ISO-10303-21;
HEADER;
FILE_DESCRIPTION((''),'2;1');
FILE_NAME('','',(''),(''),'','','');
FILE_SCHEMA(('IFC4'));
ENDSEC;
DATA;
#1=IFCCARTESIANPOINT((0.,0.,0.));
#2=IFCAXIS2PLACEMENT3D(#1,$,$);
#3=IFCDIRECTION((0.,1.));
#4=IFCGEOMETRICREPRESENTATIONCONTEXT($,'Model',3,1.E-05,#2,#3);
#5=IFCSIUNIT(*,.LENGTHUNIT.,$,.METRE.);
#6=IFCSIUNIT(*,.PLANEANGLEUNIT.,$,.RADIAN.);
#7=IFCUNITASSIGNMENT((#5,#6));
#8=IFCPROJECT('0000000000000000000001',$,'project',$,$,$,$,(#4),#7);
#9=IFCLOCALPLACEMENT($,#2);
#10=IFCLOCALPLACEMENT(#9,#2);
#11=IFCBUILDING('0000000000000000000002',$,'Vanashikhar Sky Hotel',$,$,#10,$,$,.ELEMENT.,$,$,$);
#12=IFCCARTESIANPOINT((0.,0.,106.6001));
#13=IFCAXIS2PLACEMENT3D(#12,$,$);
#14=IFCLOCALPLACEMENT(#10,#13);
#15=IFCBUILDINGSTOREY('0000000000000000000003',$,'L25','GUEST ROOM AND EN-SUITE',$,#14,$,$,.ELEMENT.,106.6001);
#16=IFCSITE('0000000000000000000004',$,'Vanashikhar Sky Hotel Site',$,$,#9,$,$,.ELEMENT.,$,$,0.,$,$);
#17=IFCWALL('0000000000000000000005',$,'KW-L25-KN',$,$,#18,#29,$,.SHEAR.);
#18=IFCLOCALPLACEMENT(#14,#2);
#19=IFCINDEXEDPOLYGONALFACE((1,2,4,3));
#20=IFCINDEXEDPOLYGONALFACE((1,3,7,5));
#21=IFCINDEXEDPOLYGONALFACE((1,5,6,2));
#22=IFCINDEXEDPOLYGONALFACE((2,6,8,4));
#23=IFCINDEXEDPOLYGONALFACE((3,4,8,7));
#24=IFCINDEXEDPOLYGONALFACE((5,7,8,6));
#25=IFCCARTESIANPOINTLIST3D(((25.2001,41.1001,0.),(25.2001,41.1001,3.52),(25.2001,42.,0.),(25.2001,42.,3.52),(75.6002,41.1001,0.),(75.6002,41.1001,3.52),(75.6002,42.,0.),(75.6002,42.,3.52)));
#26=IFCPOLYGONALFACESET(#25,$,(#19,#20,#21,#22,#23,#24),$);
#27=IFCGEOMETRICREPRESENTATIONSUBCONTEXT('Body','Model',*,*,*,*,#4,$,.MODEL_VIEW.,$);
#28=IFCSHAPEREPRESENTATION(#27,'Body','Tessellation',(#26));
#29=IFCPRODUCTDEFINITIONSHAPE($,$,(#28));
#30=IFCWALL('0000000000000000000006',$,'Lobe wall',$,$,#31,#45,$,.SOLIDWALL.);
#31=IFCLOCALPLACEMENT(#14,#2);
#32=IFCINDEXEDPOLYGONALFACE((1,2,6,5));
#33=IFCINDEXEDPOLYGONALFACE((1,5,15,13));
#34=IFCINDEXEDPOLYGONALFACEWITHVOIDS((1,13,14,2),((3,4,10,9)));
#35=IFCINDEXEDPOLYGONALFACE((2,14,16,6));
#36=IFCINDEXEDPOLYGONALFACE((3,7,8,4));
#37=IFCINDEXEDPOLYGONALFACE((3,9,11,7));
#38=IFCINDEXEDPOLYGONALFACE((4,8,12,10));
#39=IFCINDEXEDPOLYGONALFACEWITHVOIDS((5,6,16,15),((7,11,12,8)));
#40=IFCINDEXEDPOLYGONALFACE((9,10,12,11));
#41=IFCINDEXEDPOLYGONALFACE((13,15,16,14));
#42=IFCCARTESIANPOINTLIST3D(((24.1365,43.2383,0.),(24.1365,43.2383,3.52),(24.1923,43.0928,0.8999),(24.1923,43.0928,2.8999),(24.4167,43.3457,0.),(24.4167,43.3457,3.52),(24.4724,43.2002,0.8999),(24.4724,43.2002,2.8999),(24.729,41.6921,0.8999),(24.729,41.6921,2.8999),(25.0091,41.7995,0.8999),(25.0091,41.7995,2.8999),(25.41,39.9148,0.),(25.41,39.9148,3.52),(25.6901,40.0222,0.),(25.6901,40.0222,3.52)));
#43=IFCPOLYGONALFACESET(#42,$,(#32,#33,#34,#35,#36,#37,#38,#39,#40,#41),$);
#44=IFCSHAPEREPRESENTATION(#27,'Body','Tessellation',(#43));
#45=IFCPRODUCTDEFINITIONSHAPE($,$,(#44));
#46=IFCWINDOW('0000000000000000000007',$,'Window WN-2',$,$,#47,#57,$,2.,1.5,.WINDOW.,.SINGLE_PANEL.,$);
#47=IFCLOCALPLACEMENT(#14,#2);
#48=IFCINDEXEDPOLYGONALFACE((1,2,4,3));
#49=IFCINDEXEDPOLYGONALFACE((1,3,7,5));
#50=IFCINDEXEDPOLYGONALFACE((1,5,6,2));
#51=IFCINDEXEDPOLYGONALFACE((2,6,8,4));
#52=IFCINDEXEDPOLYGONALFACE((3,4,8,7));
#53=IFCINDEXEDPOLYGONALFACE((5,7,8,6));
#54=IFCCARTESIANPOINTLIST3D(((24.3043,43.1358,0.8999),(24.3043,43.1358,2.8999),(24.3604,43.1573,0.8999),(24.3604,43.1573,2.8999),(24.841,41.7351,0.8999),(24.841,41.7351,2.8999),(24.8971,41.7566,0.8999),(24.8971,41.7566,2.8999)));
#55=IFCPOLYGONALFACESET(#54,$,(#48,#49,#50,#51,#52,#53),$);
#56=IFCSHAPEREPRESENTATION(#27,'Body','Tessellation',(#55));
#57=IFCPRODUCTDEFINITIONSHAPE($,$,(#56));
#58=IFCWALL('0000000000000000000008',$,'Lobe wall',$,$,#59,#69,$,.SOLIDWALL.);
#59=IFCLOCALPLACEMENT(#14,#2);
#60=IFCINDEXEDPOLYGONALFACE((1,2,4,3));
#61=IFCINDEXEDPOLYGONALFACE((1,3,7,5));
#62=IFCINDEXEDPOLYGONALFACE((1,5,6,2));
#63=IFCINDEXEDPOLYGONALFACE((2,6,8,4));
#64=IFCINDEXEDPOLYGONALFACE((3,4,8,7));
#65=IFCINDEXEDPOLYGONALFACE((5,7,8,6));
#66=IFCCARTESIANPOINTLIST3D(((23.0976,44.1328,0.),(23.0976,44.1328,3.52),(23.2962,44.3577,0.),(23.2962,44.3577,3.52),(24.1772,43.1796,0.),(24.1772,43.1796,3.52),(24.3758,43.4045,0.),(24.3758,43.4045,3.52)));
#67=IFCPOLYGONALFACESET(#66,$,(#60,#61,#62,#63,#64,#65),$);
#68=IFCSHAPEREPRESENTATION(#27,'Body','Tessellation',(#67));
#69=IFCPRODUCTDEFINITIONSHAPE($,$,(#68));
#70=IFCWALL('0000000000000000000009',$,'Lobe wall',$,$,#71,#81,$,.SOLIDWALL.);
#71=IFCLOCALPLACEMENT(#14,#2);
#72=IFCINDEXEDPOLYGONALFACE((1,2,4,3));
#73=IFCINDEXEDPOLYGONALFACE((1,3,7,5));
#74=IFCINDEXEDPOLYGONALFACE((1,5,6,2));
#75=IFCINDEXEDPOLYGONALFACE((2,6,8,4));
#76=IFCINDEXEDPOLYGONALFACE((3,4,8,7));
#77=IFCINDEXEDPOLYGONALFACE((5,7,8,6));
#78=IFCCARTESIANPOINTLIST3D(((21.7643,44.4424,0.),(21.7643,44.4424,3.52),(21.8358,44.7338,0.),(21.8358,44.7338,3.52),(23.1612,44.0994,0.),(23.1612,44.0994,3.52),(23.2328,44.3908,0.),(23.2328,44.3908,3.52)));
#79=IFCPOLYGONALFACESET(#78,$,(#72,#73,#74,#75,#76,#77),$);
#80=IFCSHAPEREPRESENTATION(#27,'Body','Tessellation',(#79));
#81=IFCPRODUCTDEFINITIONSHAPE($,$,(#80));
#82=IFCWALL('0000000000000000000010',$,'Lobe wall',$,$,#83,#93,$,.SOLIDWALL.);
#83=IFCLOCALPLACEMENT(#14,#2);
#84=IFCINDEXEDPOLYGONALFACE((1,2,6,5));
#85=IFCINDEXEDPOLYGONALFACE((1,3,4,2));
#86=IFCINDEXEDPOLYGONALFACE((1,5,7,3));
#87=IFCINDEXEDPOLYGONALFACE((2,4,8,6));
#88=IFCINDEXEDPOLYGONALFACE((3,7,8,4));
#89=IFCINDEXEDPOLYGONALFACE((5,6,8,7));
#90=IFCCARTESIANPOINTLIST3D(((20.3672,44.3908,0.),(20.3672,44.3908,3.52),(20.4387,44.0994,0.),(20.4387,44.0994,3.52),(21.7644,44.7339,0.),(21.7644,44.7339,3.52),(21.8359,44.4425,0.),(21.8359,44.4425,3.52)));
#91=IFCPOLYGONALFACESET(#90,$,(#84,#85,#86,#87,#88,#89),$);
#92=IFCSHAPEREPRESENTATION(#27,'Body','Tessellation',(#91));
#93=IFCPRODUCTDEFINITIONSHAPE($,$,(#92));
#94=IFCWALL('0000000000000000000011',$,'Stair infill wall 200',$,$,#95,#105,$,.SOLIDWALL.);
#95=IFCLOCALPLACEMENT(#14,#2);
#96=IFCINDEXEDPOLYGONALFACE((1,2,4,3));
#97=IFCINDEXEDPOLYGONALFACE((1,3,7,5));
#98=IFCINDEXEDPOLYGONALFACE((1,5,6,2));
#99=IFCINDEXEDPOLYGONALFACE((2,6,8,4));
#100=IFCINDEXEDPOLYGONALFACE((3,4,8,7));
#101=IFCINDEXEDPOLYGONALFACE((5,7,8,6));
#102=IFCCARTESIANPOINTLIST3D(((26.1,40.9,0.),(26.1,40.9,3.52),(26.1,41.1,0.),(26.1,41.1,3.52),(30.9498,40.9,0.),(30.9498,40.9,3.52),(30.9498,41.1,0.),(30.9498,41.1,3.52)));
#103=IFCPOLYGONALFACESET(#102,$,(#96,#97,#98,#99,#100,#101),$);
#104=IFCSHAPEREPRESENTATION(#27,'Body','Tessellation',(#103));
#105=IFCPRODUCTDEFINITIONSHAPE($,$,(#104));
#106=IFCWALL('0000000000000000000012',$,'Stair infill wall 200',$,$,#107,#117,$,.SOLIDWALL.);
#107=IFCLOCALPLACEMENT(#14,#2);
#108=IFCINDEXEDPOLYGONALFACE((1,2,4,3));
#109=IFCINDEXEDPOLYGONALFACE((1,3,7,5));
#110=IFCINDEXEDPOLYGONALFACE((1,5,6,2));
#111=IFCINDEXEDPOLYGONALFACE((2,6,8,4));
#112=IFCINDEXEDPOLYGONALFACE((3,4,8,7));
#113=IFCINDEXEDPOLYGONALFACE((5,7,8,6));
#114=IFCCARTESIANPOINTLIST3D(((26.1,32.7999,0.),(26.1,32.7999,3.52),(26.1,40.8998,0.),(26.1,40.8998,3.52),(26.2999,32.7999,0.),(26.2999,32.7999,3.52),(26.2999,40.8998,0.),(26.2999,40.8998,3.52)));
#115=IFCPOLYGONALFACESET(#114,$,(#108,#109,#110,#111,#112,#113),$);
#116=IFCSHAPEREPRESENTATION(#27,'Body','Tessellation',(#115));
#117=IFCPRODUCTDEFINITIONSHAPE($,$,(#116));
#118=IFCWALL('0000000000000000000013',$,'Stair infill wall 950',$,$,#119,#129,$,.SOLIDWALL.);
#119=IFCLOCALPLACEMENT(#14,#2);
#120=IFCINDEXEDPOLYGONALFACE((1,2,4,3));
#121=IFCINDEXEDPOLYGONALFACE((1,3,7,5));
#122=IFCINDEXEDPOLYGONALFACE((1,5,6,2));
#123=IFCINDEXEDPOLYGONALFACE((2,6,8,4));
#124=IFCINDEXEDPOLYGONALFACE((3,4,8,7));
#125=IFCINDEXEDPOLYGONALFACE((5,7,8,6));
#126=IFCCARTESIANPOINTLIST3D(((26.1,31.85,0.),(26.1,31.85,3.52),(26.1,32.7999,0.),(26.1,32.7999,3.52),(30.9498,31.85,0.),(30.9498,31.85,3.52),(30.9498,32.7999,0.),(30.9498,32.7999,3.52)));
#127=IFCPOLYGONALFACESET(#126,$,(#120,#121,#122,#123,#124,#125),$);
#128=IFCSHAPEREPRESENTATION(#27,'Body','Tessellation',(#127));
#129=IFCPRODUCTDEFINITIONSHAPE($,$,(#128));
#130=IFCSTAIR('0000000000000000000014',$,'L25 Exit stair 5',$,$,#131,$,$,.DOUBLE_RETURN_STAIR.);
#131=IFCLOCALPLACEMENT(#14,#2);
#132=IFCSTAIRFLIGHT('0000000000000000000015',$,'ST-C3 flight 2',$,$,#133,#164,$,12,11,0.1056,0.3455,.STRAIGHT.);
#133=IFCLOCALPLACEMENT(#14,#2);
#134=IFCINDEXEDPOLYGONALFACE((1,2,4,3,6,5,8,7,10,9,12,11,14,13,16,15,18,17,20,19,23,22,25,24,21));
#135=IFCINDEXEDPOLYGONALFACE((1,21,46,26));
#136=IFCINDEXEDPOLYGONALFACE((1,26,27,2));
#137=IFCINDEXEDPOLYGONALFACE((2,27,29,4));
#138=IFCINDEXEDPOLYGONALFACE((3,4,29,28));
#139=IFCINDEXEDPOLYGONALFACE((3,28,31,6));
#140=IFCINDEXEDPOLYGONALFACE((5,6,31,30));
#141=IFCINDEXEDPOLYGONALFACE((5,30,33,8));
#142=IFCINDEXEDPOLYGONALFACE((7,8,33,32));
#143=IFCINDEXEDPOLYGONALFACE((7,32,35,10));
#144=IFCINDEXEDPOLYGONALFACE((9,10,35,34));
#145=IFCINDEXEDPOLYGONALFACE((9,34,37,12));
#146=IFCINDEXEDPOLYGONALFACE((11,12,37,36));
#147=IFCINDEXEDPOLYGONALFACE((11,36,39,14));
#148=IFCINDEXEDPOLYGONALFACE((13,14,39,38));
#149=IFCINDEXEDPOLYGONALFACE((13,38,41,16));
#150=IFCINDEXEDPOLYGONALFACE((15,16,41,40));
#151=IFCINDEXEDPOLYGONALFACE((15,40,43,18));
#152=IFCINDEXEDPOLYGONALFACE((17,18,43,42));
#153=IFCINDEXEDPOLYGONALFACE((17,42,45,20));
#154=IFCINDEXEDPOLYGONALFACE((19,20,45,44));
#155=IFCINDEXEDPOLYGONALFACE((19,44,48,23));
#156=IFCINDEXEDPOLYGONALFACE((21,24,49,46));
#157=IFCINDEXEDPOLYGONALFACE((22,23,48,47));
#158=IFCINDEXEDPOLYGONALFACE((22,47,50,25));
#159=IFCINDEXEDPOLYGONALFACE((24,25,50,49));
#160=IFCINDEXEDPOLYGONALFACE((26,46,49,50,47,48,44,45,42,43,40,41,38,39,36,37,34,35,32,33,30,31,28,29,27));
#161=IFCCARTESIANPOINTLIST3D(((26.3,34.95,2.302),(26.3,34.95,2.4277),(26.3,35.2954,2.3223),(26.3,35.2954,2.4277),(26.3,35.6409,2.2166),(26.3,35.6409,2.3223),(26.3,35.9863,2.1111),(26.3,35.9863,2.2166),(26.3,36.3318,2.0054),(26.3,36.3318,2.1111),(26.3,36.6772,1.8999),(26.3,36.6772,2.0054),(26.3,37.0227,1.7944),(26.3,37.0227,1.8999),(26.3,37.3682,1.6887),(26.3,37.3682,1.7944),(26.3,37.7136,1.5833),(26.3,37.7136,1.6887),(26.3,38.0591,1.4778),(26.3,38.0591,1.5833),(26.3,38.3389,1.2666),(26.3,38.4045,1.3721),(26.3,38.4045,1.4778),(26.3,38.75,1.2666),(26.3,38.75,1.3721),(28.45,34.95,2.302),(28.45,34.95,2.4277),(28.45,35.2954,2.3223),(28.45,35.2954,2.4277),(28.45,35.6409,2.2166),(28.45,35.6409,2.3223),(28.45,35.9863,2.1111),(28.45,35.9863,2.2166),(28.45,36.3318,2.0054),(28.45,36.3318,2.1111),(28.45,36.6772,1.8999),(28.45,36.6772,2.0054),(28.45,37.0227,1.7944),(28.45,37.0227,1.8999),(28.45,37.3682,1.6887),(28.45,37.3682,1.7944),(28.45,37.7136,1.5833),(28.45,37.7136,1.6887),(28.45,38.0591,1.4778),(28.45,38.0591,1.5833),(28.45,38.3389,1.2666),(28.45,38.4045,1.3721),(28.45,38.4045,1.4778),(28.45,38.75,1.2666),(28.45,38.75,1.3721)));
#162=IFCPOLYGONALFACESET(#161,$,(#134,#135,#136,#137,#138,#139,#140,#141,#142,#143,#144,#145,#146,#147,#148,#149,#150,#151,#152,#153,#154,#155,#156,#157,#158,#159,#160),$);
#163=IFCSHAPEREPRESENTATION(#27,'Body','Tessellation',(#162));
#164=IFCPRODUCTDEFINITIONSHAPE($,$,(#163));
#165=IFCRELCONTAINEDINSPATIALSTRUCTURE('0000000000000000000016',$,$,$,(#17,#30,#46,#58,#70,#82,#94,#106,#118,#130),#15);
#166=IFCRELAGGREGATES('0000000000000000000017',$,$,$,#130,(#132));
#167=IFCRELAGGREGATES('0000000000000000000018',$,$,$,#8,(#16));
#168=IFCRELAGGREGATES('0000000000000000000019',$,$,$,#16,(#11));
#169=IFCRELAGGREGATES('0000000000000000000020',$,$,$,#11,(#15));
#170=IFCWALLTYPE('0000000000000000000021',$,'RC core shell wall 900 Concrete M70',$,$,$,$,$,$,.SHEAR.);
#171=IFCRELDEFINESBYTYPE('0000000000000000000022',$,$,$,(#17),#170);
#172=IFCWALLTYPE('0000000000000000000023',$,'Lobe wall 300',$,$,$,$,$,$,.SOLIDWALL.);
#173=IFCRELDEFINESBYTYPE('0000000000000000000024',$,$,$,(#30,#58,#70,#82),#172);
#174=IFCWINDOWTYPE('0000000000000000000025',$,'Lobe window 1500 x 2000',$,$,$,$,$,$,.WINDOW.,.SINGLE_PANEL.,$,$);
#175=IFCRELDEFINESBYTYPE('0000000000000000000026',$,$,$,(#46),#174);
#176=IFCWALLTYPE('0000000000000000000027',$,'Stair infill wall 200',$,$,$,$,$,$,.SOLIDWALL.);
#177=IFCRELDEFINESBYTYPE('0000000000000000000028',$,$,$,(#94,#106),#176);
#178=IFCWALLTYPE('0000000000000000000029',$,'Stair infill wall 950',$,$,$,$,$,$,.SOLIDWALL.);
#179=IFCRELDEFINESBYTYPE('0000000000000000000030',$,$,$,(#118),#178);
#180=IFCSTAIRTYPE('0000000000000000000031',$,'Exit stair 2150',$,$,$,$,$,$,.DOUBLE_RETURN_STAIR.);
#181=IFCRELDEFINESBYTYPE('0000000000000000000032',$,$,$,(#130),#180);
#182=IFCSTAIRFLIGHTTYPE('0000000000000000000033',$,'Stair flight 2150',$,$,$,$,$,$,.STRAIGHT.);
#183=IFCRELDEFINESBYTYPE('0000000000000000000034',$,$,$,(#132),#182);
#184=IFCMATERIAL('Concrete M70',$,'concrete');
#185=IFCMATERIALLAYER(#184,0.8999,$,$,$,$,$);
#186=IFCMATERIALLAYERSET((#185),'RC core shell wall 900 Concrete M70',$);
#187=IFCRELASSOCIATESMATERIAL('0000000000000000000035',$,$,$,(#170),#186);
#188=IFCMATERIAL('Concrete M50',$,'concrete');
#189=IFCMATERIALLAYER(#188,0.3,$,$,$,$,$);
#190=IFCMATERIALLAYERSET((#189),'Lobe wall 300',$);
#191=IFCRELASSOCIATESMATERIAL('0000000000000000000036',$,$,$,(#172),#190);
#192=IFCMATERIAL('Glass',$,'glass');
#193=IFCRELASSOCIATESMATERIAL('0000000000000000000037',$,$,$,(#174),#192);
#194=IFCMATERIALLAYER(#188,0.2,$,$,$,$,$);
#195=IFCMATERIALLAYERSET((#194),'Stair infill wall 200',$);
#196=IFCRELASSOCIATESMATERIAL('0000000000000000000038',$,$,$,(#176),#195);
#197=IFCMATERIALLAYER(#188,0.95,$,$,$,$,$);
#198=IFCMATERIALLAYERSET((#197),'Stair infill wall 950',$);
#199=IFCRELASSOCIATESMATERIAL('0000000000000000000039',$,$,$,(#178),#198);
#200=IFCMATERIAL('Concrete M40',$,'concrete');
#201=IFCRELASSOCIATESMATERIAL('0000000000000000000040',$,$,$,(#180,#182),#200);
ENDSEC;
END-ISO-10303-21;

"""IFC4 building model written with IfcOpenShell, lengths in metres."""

from ifc_helpers import new_model, si_unit, direction, frame, frame_2d, origin, place, context, subcontext, project, spatial, polyline, rectangle, outline, extrude, source, transform, mapped, material, layer, layer_set, type_object, element, fill, aggregate, save


model = new_model("IFC4")

# Units and contexts
model_context = context("Model", 3, precision=1e-05, world=origin(), true_north=direction((0.0, 1.0)))
body_context = subcontext(model_context, "Body", "Model", "MODEL_VIEW")
ifc_project = project(units=[si_unit("LENGTHUNIT", "METRE"), si_unit("PLANEANGLEUNIT", "RADIAN")], contexts=[model_context])

# Site, building, storey
site_placement = place(None, origin())
site = spatial("IfcSite", under=ifc_project, at=site_placement, Name="Vanashikhar Sky Hotel Site", CompositionType="ELEMENT", RefElevation=0.0)
building_placement = place(site_placement, origin())
building = spatial("IfcBuilding", under=site, at=building_placement, Name="Vanashikhar Sky Hotel", CompositionType="ELEMENT")
storey_placement = place(building_placement, frame((0.0, 0.0, 106.6001)))
storey = spatial("IfcBuildingStorey", under=building, at=storey_placement, Name="L25", Description="GUEST ROOM AND EN-SUITE", CompositionType="ELEMENT", Elevation=106.6001)

# Wall
ifc_material_1 = material(Name="Concrete M70", Category="concrete")
ifc_layer_1 = layer(ifc_material_1, 0.8999)
ifc_layer_set_1 = layer_set([ifc_layer_1], Name="RC core shell wall 900 Concrete M70")
wall_type_1 = type_object("IfcWallType", Name="RC core shell wall 900 Concrete M70", PredefinedType="SHEAR", material=ifc_layer_set_1)
shared_shape_1 = source(origin(), body_context, "Body", "SweptSolid", [
    extrude(rectangle(XDim=50.4001, YDim=0.8999, at=frame_2d((25.2002, 0.0))), origin(), (0.0, 0.0, 1.0), 3.52),
])
wall_1_placement = place(storey_placement, frame((25.2, 41.55, 0.0), z_axis=(0.0, 0.0, 1.0), x_axis=(1.0, 0.0, 0.0)))
element("IfcWall", 1, at=wall_1_placement, inside=storey, type_object=wall_type_1, Name="KW-L25-KN", PredefinedType="SHEAR", context=body_context, shape_type="MappedRepresentation", body=[
    mapped(shared_shape_1, transform((0.0, 0.0, 0.0), scale=1.0)),
])

# Wall, opening, window
ifc_material_2 = material(Name="Concrete M50", Category="concrete")
ifc_layer_2 = layer(ifc_material_2, 0.3)
ifc_layer_set_2 = layer_set([ifc_layer_2], Name="Lobe wall 300")
wall_type_2 = type_object("IfcWallType", Name="Lobe wall 300", PredefinedType="SOLIDWALL", material=ifc_layer_set_2)
shared_shape_2 = source(origin(), body_context, "Body", "SweptSolid", [
    extrude(rectangle(XDim=3.5591, YDim=0.3, at=frame_2d((1.7795, 0.0))), origin(), (0.0, 0.0, 1.0), 3.52),
])
wall_2_placement = place(storey_placement, frame((25.55, 39.9685, 0.0), z_axis=(0.0, 0.0, 1.0), x_axis=(-0.357797, 0.933799, 0.0)))
wall_2 = element("IfcWall", 2, at=wall_2_placement, inside=storey, type_object=wall_type_2, Name="Lobe wall", PredefinedType="SOLIDWALL", context=body_context, shape_type="MappedRepresentation", body=[
    mapped(shared_shape_2, transform((0.0, 0.0, 0.0), scale=1.0)),
])
shared_shape_3 = source(origin(), body_context, "Body", "SweptSolid", [
    extrude(rectangle(XDim=1.5, YDim=2.0, at=frame_2d((0.75, 1.0))), frame((0.0, 0.1602, 0.0), z_axis=(0.0, -1.0, 0.0), x_axis=(1.0, 0.0, 0.0)), (0.0, 0.0, 1.0), 0.3201),
])
opening_placement = place(wall_2_placement, frame((1.9033, 0.0, 0.8999)))
opening = element("IfcOpeningElement", 3, at=opening_placement, cuts=wall_2, PredefinedType="OPENING", context=body_context, shape_type="MappedRepresentation", body=[
    mapped(shared_shape_3, transform((0.0, 0.0, 0.0), scale=1.0)),
])
ifc_material_3 = material(Name="Glass", Category="glass")
window_type = type_object("IfcWindowType", Name="Lobe window 1500 x 2000", PartitioningType="SINGLE_PANEL", PredefinedType="WINDOW", material=ifc_material_3)
shared_shape_4 = source(origin(), body_context, "Body", "SweptSolid", [
    extrude(rectangle(XDim=1.5, YDim=2.0, at=frame_2d((0.75, 1.0))), frame((0.0, 0.03, 0.0), z_axis=(0.0, -1.0, 0.0), x_axis=(1.0, 0.0, 0.0)), (0.0, 0.0, 1.0), 0.0601),
])
window_placement = place(opening_placement, origin())
window = element("IfcWindow", 4, at=window_placement, inside=storey, type_object=window_type, Name="Window WN-2", OverallHeight=2.0, OverallWidth=1.5, PartitioningType="SINGLE_PANEL", PredefinedType="WINDOW", context=body_context, shape_type="MappedRepresentation", body=[
    mapped(shared_shape_4, transform((0.0, 0.0, 0.0), scale=1.0)),
])
fill(opening, window)

# Walls
shared_shape_5 = source(origin(), body_context, "Body", "SweptSolid", [
    extrude(rectangle(XDim=1.4402, YDim=0.3, at=frame_2d((0.7202, 0.0))), origin(), (0.0, 0.0, 1.0), 3.52),
])
wall_3_placement = place(storey_placement, frame((24.2766, 43.292, 0.0), z_axis=(0.0, 0.0, 1.0), x_axis=(-0.74965, 0.661835, 0.0)))
element("IfcWall", 5, at=wall_3_placement, inside=storey, type_object=wall_type_2, Name="Lobe wall", PredefinedType="SOLIDWALL", context=body_context, shape_type="MappedRepresentation", body=[
    mapped(shared_shape_5, transform((0.0, 0.0, 0.0), scale=1.0)),
])
shared_shape_6 = source(origin(), body_context, "Body", "SweptSolid", [
    extrude(rectangle(XDim=1.4385, YDim=0.3, at=frame_2d((0.7192, 0.0))), origin(), (0.0, 0.0, 1.0), 3.52),
])
wall_4_placement = place(storey_placement, frame((23.197, 44.2451, 0.0), z_axis=(0.0, 0.0, 1.0), x_axis=(-0.971152, 0.23846, 0.0)))
element("IfcWall", 6, at=wall_4_placement, inside=storey, type_object=wall_type_2, Name="Lobe wall", PredefinedType="SOLIDWALL", context=body_context, shape_type="MappedRepresentation", body=[
    mapped(shared_shape_6, transform((0.0, 0.0, 0.0), scale=1.0)),
])
shared_shape_7 = source(origin(), body_context, "Body", "SweptSolid", [
    extrude(rectangle(XDim=1.4387, YDim=0.3, at=frame_2d((0.7192, 0.0))), origin(), (0.0, 0.0, 1.0), 3.52),
])
wall_5_placement = place(storey_placement, frame((21.8, 44.5881, 0.0), z_axis=(0.0, 0.0, 1.0), x_axis=(-0.971162, -0.238421, 0.0)))
element("IfcWall", 7, at=wall_5_placement, inside=storey, type_object=wall_type_2, Name="Lobe wall", PredefinedType="SOLIDWALL", context=body_context, shape_type="MappedRepresentation", body=[
    mapped(shared_shape_7, transform((0.0, 0.0, 0.0), scale=1.0)),
])
ifc_layer_3 = layer(ifc_material_2, 0.2)
ifc_layer_set_3 = layer_set([ifc_layer_3], Name="Stair infill wall 200")
wall_type_3 = type_object("IfcWallType", Name="Stair infill wall 200", PredefinedType="SOLIDWALL", material=ifc_layer_set_3)
shared_shape_8 = source(origin(), body_context, "Body", "SweptSolid", [
    extrude(rectangle(XDim=4.8499, YDim=0.2, at=frame_2d((2.4248, 0.0))), origin(), (0.0, 0.0, 1.0), 3.52),
])
wall_6_placement = place(storey_placement, frame((26.1001, 41.0, 0.0), z_axis=(0.0, 0.0, 1.0), x_axis=(1.0, 0.0, 0.0)))
element("IfcWall", 8, at=wall_6_placement, inside=storey, type_object=wall_type_3, Name="Stair infill wall 200", PredefinedType="SOLIDWALL", context=body_context, shape_type="MappedRepresentation", body=[
    mapped(shared_shape_8, transform((0.0, 0.0, 0.0), scale=1.0)),
])
shared_shape_9 = source(origin(), body_context, "Body", "SweptSolid", [
    extrude(rectangle(XDim=8.0999, YDim=0.2, at=frame_2d((4.0498, 0.0))), origin(), (0.0, 0.0, 1.0), 3.52),
])
wall_7_placement = place(storey_placement, frame((26.2, 32.8, 0.0), z_axis=(0.0, 0.0, 1.0), x_axis=(0.0, 1.0, 0.0)))
element("IfcWall", 9, at=wall_7_placement, inside=storey, type_object=wall_type_3, Name="Stair infill wall 200", PredefinedType="SOLIDWALL", context=body_context, shape_type="MappedRepresentation", body=[
    mapped(shared_shape_9, transform((0.0, 0.0, 0.0), scale=1.0)),
])
ifc_layer_4 = layer(ifc_material_2, 0.95)
ifc_layer_set_4 = layer_set([ifc_layer_4], Name="Stair infill wall 950")
wall_type_4 = type_object("IfcWallType", Name="Stair infill wall 950", PredefinedType="SOLIDWALL", material=ifc_layer_set_4)
shared_shape_10 = source(origin(), body_context, "Body", "SweptSolid", [
    extrude(rectangle(XDim=4.8499, YDim=0.95, at=frame_2d((2.4248, 0.0))), origin(), (0.0, 0.0, 1.0), 3.52),
])
wall_8_placement = place(storey_placement, frame((26.1001, 32.325, 0.0), z_axis=(0.0, 0.0, 1.0), x_axis=(1.0, 0.0, 0.0)))
element("IfcWall", 10, at=wall_8_placement, inside=storey, type_object=wall_type_4, Name="Stair infill wall 950", PredefinedType="SOLIDWALL", context=body_context, shape_type="MappedRepresentation", body=[
    mapped(shared_shape_10, transform((0.0, 0.0, 0.0), scale=1.0)),
])

# Stair, stair flight
ifc_material_4 = material(Name="Concrete M40", Category="concrete")
stair_type = type_object("IfcStairType", Name="Exit stair 2150", PredefinedType="DOUBLE_RETURN_STAIR", material=ifc_material_4)
stair_placement = place(storey_placement, origin())
stair = element("IfcStair", 11, at=stair_placement, inside=storey, type_object=stair_type, Name="L25 Exit stair 5", PredefinedType="DOUBLE_RETURN_STAIR")
stair_flight_type = type_object("IfcStairFlightType", Name="Stair flight 2150", PredefinedType="STRAIGHT", material=ifc_material_4)
shared_shape_11 = source(origin(), body_context, "Body", "SweptSolid", [
    extrude(outline(polyline([(0.0, 0.0), (0.0, 0.1055), (0.3455, 0.1055), (0.3455, 0.2112), (0.6909, 0.2112), (0.6909, 0.3167), (1.0364, 0.3167), (1.0364, 0.4221), (1.3818, 0.4221), (1.3818, 0.5278), (1.7273, 0.5278), (1.7273, 0.6333), (2.0728, 0.6333), (2.0728, 0.7388), (2.4182, 0.7388), (2.4182, 0.8445), (2.7637, 0.8445), (2.7637, 0.95), (3.1091, 0.95), (3.1091, 1.0557), (3.4546, 1.0557), (3.4546, 1.1611), (3.8, 1.1611), (3.8, 1.2666), (3.8, 1.0354), (0.4111, 0.0), (0.0, 0.0)])), frame((0.0, 1.075, 0.0), z_axis=(0.0, -1.0, 0.0), x_axis=(1.0, 0.0, 0.0)), (0.0, 0.0, 1.0), 2.1499),
])
stair_flight_placement = place(storey_placement, frame((27.375, 38.75, 1.2666), z_axis=(0.0, 0.0, 1.0), x_axis=(0.0, -1.0, 0.0)))
stair_flight = element("IfcStairFlight", 12, at=stair_flight_placement, type_object=stair_flight_type, Name="ST-C3 flight 2", NumberOfRisers=12, NumberOfTreads=11, PredefinedType="STRAIGHT", RiserHeight=0.1056, TreadLength=0.3455, context=body_context, shape_type="MappedRepresentation", body=[
    mapped(shared_shape_11, transform((0.0, 0.0, 0.0), scale=1.0)),
])
aggregate(stair, [stair_flight])

save(model, "model.ifc")
